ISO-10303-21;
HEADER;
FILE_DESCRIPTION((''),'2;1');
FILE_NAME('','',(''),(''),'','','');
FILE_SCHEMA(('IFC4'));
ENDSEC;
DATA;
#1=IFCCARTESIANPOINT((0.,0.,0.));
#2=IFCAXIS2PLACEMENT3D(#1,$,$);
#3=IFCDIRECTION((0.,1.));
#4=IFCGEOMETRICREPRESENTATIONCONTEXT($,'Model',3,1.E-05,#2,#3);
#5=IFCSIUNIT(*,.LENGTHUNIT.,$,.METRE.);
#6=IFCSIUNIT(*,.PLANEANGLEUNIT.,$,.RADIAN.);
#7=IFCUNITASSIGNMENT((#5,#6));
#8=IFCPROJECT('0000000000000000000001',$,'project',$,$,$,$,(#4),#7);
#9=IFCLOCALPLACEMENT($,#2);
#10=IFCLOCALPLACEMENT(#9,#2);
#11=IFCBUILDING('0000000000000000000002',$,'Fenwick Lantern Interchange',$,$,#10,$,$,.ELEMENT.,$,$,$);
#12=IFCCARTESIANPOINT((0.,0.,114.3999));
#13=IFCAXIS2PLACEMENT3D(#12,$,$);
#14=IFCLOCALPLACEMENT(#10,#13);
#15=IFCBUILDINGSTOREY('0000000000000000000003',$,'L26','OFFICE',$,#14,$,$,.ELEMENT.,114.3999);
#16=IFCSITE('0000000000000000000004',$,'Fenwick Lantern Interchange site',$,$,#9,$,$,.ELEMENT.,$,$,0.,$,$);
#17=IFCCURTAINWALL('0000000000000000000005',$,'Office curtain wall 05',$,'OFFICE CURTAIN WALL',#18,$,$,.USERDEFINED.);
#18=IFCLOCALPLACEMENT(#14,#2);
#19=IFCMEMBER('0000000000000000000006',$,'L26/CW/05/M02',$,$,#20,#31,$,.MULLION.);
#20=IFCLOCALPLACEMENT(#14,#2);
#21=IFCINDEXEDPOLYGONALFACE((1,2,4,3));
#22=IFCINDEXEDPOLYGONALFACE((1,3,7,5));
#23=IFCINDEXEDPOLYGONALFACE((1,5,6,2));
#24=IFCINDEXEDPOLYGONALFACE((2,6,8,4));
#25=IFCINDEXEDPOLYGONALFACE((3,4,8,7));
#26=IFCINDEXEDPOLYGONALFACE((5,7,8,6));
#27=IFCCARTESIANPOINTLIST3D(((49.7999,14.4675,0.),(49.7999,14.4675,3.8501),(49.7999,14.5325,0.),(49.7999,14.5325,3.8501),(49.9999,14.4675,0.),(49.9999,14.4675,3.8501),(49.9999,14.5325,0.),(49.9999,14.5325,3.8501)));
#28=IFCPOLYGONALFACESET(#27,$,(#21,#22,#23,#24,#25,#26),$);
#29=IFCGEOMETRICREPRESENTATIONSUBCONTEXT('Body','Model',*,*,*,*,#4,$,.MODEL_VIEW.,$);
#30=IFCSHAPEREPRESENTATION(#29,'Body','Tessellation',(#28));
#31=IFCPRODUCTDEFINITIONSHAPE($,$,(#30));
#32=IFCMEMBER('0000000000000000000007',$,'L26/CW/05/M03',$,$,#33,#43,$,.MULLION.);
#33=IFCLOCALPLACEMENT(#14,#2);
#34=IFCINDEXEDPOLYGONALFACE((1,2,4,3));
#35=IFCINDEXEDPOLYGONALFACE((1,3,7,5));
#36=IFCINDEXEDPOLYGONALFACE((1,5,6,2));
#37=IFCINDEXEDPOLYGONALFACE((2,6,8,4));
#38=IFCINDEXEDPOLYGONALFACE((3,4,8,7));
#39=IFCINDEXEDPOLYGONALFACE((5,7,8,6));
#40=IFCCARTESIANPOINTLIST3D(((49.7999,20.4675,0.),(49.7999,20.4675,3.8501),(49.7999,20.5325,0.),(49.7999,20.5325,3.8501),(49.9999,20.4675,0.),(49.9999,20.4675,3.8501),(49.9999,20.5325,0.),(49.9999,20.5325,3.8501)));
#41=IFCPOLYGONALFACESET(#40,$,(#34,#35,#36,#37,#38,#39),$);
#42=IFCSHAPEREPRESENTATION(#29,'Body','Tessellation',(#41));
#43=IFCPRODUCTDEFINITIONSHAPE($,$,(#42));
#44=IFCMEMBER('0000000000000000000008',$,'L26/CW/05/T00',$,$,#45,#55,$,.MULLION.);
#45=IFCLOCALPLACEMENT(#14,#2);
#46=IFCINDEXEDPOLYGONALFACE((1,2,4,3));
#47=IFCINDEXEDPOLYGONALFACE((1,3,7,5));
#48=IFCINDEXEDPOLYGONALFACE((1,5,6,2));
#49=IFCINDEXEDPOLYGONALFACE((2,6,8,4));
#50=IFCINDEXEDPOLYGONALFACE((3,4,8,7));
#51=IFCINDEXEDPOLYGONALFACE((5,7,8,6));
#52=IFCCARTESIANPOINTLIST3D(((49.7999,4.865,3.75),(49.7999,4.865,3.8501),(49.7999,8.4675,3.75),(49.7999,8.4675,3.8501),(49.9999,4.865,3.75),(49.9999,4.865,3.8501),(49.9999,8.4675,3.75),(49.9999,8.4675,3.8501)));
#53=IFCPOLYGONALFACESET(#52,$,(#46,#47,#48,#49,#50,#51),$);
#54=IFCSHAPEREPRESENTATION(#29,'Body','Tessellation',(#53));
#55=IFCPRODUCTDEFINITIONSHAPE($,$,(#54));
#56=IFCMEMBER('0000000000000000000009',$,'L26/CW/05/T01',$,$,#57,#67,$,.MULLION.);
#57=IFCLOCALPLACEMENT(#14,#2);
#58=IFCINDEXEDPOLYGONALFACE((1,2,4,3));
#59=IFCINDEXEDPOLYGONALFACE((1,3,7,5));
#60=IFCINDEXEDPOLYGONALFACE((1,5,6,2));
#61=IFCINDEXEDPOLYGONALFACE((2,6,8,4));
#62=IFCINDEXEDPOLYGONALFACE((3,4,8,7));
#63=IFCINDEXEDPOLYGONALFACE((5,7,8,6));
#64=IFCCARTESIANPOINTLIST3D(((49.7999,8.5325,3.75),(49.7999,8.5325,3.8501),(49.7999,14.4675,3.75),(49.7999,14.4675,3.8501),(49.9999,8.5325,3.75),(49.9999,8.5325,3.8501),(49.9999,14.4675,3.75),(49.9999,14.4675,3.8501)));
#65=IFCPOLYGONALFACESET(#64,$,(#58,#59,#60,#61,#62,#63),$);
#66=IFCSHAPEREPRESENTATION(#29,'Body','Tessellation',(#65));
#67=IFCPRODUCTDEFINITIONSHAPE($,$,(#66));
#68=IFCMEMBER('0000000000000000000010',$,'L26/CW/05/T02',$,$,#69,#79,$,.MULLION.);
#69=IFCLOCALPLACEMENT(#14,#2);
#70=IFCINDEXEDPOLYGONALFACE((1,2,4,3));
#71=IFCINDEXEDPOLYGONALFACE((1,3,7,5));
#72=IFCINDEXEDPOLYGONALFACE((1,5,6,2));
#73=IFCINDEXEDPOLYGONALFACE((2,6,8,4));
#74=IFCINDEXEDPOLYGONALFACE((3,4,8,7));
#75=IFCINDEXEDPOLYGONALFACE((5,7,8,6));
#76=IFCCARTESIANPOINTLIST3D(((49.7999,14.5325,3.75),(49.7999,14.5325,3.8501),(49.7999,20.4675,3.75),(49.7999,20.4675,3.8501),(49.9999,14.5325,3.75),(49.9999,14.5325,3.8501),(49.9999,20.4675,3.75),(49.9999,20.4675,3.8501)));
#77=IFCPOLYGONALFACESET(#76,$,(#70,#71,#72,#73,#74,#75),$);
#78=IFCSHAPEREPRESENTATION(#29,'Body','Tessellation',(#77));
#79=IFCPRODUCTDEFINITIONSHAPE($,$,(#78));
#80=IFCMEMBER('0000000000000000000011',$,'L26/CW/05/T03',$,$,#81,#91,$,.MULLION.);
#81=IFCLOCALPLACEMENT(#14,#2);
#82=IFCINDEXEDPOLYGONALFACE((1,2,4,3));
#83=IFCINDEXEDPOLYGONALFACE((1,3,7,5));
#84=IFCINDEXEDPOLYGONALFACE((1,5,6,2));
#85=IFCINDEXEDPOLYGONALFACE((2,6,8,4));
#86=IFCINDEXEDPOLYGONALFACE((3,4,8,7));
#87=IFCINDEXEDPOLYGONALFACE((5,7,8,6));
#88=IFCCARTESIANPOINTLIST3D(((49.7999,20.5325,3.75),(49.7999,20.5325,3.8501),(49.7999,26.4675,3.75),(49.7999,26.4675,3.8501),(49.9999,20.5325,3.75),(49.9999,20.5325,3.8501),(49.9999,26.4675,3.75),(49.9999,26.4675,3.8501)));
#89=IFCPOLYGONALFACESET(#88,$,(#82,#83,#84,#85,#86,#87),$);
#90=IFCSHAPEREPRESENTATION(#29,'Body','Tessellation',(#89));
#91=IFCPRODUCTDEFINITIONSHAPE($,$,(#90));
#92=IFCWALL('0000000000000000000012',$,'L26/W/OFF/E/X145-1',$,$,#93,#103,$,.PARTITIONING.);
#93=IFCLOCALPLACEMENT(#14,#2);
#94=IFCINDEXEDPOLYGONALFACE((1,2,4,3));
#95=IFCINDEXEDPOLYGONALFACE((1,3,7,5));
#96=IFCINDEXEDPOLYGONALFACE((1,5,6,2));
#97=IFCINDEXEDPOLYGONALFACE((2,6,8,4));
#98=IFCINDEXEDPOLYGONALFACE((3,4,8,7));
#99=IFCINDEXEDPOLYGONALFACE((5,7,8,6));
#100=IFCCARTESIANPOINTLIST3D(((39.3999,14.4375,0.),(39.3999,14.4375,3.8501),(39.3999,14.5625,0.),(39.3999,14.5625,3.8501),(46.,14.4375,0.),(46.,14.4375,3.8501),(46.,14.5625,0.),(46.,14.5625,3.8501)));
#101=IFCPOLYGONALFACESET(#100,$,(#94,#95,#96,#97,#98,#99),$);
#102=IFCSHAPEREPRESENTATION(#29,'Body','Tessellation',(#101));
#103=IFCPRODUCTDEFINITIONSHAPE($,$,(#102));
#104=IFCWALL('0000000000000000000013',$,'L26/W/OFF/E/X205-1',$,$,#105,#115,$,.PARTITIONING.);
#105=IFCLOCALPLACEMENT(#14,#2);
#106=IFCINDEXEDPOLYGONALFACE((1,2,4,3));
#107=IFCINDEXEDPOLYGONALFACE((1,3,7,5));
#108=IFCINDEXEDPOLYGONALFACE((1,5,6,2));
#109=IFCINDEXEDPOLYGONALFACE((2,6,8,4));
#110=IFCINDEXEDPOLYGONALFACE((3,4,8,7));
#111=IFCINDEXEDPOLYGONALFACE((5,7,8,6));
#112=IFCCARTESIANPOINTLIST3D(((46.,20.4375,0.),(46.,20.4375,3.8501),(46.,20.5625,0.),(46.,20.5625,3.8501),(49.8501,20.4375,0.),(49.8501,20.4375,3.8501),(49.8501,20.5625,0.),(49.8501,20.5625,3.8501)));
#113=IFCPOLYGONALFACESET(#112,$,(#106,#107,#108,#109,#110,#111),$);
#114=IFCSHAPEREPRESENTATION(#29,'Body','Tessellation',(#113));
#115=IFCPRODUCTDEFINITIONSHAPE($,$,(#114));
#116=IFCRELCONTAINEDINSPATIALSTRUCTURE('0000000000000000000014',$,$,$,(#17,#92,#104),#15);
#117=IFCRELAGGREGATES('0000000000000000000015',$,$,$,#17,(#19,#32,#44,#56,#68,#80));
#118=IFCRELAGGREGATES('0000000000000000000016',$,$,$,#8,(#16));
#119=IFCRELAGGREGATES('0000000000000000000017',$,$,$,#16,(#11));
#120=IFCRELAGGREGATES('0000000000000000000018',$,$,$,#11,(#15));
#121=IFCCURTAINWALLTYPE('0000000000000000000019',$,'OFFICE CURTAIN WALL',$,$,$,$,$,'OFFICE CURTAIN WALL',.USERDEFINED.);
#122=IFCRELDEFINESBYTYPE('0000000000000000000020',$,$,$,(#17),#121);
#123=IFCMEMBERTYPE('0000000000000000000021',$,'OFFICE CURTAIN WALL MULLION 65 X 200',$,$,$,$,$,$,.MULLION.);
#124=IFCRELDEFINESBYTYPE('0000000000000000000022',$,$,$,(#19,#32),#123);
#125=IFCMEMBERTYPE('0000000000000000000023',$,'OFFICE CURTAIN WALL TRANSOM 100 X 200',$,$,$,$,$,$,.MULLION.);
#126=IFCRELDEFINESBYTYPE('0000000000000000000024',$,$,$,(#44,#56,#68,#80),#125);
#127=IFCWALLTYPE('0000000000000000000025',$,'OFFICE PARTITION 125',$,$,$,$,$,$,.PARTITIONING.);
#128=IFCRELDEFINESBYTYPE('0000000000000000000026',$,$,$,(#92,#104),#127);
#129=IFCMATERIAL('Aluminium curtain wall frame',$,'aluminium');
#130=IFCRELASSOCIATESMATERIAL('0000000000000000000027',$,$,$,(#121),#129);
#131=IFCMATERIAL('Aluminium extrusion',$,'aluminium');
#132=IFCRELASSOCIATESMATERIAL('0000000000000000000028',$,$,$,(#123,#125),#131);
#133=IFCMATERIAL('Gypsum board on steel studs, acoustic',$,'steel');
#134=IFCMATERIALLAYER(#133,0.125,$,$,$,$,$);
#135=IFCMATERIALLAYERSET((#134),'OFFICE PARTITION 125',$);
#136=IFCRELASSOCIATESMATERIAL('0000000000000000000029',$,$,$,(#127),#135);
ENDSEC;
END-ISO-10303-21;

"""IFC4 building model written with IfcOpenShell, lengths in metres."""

from ifc_helpers import new_model, si_unit, direction, frame, frame_2d, origin, origin_2d, place, context, subcontext, project, spatial, rectangle, extrude, material, layer, layer_set, material_profile, profile_set, type_object, element, aggregate, save


model = new_model("IFC4")

# Units and contexts
model_context = context("Model", 3, precision=1e-05, world=origin(), true_north=direction((0.0, 1.0)))
body_context = subcontext(model_context, "Body", "Model", "MODEL_VIEW")
ifc_project = project(units=[si_unit("LENGTHUNIT", "METRE"), si_unit("PLANEANGLEUNIT", "RADIAN")], contexts=[model_context])

# Site, building, storey
site_placement = place(None, origin())
site = spatial("IfcSite", under=ifc_project, at=site_placement, Name="Fenwick Lantern Interchange site", CompositionType="ELEMENT", RefElevation=0.0)
building_placement = place(site_placement, origin())
building = spatial("IfcBuilding", under=site, at=building_placement, Name="Fenwick Lantern Interchange", CompositionType="ELEMENT")
storey_placement = place(building_placement, frame((0.0, 0.0, 114.3999)))
storey = spatial("IfcBuildingStorey", under=building, at=storey_placement, Name="L26", Description="OFFICE", CompositionType="ELEMENT", Elevation=114.3999)

# Curtain wall, members
ifc_material_1 = material(Name="Aluminium curtain wall frame", Category="aluminium")
curtain_wall_type = type_object("IfcCurtainWallType", Name="OFFICE CURTAIN WALL", ElementType="OFFICE CURTAIN WALL", PredefinedType="USERDEFINED", material=ifc_material_1)
curtain_wall_placement = place(storey_placement, origin())
curtain_wall = element("IfcCurtainWall", 1, at=curtain_wall_placement, inside=storey, type_object=curtain_wall_type, Name="Office curtain wall 05", ObjectType="OFFICE CURTAIN WALL", PredefinedType="USERDEFINED")
ifc_material_2 = material(Name="Aluminium extrusion", Category="aluminium")
ifc_material_profile_1 = material_profile(ifc_material_2, rectangle(XDim=0.2, YDim=0.0649, at=origin_2d()), Name="OFFICE CURTAIN WALL MULLION 65 X 200")
ifc_profile_set_1 = profile_set([ifc_material_profile_1], Name="Aluminium extrusion")
member_type_1 = type_object("IfcMemberType", Name="OFFICE CURTAIN WALL MULLION 65 X 200", PredefinedType="MULLION", material=ifc_profile_set_1)
member_1_placement = place(storey_placement, frame((49.8999, 14.5, 0.0), z_axis=(0.0, 0.0, 1.0), x_axis=(-1.0, 0.0, 0.0)))
member_1 = element("IfcMember", 2, at=member_1_placement, type_object=member_type_1, Name="L26/CW/05/M02", PredefinedType="MULLION", context=body_context, shape_type="SweptSolid", body=[
    extrude(rectangle(XDim=0.2, YDim=0.0649, at=origin_2d()), origin(), (0.0, 0.0, 1.0), 3.8501),
])
member_2_placement = place(storey_placement, frame((49.8999, 20.5, 0.0), z_axis=(0.0, 0.0, 1.0), x_axis=(-1.0, 0.0, 0.0)))
member_2 = element("IfcMember", 3, at=member_2_placement, type_object=member_type_1, Name="L26/CW/05/M03", PredefinedType="MULLION", context=body_context, shape_type="SweptSolid", body=[
    extrude(rectangle(XDim=0.2, YDim=0.0649, at=origin_2d()), origin(), (0.0, 0.0, 1.0), 3.8501),
])
ifc_material_profile_2 = material_profile(ifc_material_2, rectangle(XDim=0.2, YDim=0.1001, at=origin_2d()), Name="OFFICE CURTAIN WALL TRANSOM 100 X 200")
ifc_profile_set_2 = profile_set([ifc_material_profile_2], Name="Aluminium extrusion")
member_type_2 = type_object("IfcMemberType", Name="OFFICE CURTAIN WALL TRANSOM 100 X 200", PredefinedType="MULLION", material=ifc_profile_set_2)
member_3_placement = place(storey_placement, frame((49.8999, 4.865, 3.8), z_axis=(0.0, 1.0, 0.0), x_axis=(-1.0, 0.0, 0.0)))
member_3 = element("IfcMember", 4, at=member_3_placement, type_object=member_type_2, Name="L26/CW/05/T00", PredefinedType="MULLION", context=body_context, shape_type="SweptSolid", body=[
    extrude(rectangle(XDim=0.2, YDim=0.1001, at=origin_2d()), origin(), (0.0, 0.0, 1.0), 3.6025),
])
member_4_placement = place(storey_placement, frame((49.8999, 8.5325, 3.8), z_axis=(0.0, 1.0, 0.0), x_axis=(-1.0, 0.0, 0.0)))
member_4 = element("IfcMember", 5, at=member_4_placement, type_object=member_type_2, Name="L26/CW/05/T01", PredefinedType="MULLION", context=body_context, shape_type="SweptSolid", body=[
    extrude(rectangle(XDim=0.2, YDim=0.1001, at=origin_2d()), origin(), (0.0, 0.0, 1.0), 5.9351),
])
member_5_placement = place(storey_placement, frame((49.8999, 14.5325, 3.8), z_axis=(0.0, 1.0, 0.0), x_axis=(-1.0, 0.0, 0.0)))
member_5 = element("IfcMember", 6, at=member_5_placement, type_object=member_type_2, Name="L26/CW/05/T02", PredefinedType="MULLION", context=body_context, shape_type="SweptSolid", body=[
    extrude(rectangle(XDim=0.2, YDim=0.1001, at=origin_2d()), origin(), (0.0, 0.0, 1.0), 5.9351),
])
member_6_placement = place(storey_placement, frame((49.8999, 20.5325, 3.8), z_axis=(0.0, 1.0, 0.0), x_axis=(-1.0, 0.0, 0.0)))
member_6 = element("IfcMember", 7, at=member_6_placement, type_object=member_type_2, Name="L26/CW/05/T03", PredefinedType="MULLION", context=body_context, shape_type="SweptSolid", body=[
    extrude(rectangle(XDim=0.2, YDim=0.1001, at=origin_2d()), origin(), (0.0, 0.0, 1.0), 5.9351),
])
aggregate(curtain_wall, [member_1, member_2, member_3, member_4, member_5, member_6])

# Walls
ifc_material_3 = material(Name="Gypsum board on steel studs, acoustic", Category="steel")
ifc_layer_1 = layer(ifc_material_3, 0.125)
ifc_layer_set_1 = layer_set([ifc_layer_1], Name="OFFICE PARTITION 125")
wall_type = type_object("IfcWallType", Name="OFFICE PARTITION 125", PredefinedType="PARTITIONING", material=ifc_layer_set_1)
wall_1_placement = place(storey_placement, frame((46.0, 14.5, 0.0), z_axis=(0.0, 0.0, 1.0), x_axis=(-1.0, 0.0, 0.0)))
element("IfcWall", 8, at=wall_1_placement, inside=storey, type_object=wall_type, Name="L26/W/OFF/E/X145-1", PredefinedType="PARTITIONING", context=body_context, shape_type="SweptSolid", body=[
    extrude(rectangle(XDim=6.6001, YDim=0.125, at=frame_2d((3.3, 0.0))), origin(), (0.0, 0.0, 1.0), 3.8501),
])
wall_2_placement = place(storey_placement, frame((49.8501, 20.5, 0.0), z_axis=(0.0, 0.0, 1.0), x_axis=(-1.0, 0.0, 0.0)))
element("IfcWall", 9, at=wall_2_placement, inside=storey, type_object=wall_type, Name="L26/W/OFF/E/X205-1", PredefinedType="PARTITIONING", context=body_context, shape_type="SweptSolid", body=[
    extrude(rectangle(XDim=3.8501, YDim=0.125, at=frame_2d((1.925, 0.0))), origin(), (0.0, 0.0, 1.0), 3.8501),
])

save(model, "model.ifc")
